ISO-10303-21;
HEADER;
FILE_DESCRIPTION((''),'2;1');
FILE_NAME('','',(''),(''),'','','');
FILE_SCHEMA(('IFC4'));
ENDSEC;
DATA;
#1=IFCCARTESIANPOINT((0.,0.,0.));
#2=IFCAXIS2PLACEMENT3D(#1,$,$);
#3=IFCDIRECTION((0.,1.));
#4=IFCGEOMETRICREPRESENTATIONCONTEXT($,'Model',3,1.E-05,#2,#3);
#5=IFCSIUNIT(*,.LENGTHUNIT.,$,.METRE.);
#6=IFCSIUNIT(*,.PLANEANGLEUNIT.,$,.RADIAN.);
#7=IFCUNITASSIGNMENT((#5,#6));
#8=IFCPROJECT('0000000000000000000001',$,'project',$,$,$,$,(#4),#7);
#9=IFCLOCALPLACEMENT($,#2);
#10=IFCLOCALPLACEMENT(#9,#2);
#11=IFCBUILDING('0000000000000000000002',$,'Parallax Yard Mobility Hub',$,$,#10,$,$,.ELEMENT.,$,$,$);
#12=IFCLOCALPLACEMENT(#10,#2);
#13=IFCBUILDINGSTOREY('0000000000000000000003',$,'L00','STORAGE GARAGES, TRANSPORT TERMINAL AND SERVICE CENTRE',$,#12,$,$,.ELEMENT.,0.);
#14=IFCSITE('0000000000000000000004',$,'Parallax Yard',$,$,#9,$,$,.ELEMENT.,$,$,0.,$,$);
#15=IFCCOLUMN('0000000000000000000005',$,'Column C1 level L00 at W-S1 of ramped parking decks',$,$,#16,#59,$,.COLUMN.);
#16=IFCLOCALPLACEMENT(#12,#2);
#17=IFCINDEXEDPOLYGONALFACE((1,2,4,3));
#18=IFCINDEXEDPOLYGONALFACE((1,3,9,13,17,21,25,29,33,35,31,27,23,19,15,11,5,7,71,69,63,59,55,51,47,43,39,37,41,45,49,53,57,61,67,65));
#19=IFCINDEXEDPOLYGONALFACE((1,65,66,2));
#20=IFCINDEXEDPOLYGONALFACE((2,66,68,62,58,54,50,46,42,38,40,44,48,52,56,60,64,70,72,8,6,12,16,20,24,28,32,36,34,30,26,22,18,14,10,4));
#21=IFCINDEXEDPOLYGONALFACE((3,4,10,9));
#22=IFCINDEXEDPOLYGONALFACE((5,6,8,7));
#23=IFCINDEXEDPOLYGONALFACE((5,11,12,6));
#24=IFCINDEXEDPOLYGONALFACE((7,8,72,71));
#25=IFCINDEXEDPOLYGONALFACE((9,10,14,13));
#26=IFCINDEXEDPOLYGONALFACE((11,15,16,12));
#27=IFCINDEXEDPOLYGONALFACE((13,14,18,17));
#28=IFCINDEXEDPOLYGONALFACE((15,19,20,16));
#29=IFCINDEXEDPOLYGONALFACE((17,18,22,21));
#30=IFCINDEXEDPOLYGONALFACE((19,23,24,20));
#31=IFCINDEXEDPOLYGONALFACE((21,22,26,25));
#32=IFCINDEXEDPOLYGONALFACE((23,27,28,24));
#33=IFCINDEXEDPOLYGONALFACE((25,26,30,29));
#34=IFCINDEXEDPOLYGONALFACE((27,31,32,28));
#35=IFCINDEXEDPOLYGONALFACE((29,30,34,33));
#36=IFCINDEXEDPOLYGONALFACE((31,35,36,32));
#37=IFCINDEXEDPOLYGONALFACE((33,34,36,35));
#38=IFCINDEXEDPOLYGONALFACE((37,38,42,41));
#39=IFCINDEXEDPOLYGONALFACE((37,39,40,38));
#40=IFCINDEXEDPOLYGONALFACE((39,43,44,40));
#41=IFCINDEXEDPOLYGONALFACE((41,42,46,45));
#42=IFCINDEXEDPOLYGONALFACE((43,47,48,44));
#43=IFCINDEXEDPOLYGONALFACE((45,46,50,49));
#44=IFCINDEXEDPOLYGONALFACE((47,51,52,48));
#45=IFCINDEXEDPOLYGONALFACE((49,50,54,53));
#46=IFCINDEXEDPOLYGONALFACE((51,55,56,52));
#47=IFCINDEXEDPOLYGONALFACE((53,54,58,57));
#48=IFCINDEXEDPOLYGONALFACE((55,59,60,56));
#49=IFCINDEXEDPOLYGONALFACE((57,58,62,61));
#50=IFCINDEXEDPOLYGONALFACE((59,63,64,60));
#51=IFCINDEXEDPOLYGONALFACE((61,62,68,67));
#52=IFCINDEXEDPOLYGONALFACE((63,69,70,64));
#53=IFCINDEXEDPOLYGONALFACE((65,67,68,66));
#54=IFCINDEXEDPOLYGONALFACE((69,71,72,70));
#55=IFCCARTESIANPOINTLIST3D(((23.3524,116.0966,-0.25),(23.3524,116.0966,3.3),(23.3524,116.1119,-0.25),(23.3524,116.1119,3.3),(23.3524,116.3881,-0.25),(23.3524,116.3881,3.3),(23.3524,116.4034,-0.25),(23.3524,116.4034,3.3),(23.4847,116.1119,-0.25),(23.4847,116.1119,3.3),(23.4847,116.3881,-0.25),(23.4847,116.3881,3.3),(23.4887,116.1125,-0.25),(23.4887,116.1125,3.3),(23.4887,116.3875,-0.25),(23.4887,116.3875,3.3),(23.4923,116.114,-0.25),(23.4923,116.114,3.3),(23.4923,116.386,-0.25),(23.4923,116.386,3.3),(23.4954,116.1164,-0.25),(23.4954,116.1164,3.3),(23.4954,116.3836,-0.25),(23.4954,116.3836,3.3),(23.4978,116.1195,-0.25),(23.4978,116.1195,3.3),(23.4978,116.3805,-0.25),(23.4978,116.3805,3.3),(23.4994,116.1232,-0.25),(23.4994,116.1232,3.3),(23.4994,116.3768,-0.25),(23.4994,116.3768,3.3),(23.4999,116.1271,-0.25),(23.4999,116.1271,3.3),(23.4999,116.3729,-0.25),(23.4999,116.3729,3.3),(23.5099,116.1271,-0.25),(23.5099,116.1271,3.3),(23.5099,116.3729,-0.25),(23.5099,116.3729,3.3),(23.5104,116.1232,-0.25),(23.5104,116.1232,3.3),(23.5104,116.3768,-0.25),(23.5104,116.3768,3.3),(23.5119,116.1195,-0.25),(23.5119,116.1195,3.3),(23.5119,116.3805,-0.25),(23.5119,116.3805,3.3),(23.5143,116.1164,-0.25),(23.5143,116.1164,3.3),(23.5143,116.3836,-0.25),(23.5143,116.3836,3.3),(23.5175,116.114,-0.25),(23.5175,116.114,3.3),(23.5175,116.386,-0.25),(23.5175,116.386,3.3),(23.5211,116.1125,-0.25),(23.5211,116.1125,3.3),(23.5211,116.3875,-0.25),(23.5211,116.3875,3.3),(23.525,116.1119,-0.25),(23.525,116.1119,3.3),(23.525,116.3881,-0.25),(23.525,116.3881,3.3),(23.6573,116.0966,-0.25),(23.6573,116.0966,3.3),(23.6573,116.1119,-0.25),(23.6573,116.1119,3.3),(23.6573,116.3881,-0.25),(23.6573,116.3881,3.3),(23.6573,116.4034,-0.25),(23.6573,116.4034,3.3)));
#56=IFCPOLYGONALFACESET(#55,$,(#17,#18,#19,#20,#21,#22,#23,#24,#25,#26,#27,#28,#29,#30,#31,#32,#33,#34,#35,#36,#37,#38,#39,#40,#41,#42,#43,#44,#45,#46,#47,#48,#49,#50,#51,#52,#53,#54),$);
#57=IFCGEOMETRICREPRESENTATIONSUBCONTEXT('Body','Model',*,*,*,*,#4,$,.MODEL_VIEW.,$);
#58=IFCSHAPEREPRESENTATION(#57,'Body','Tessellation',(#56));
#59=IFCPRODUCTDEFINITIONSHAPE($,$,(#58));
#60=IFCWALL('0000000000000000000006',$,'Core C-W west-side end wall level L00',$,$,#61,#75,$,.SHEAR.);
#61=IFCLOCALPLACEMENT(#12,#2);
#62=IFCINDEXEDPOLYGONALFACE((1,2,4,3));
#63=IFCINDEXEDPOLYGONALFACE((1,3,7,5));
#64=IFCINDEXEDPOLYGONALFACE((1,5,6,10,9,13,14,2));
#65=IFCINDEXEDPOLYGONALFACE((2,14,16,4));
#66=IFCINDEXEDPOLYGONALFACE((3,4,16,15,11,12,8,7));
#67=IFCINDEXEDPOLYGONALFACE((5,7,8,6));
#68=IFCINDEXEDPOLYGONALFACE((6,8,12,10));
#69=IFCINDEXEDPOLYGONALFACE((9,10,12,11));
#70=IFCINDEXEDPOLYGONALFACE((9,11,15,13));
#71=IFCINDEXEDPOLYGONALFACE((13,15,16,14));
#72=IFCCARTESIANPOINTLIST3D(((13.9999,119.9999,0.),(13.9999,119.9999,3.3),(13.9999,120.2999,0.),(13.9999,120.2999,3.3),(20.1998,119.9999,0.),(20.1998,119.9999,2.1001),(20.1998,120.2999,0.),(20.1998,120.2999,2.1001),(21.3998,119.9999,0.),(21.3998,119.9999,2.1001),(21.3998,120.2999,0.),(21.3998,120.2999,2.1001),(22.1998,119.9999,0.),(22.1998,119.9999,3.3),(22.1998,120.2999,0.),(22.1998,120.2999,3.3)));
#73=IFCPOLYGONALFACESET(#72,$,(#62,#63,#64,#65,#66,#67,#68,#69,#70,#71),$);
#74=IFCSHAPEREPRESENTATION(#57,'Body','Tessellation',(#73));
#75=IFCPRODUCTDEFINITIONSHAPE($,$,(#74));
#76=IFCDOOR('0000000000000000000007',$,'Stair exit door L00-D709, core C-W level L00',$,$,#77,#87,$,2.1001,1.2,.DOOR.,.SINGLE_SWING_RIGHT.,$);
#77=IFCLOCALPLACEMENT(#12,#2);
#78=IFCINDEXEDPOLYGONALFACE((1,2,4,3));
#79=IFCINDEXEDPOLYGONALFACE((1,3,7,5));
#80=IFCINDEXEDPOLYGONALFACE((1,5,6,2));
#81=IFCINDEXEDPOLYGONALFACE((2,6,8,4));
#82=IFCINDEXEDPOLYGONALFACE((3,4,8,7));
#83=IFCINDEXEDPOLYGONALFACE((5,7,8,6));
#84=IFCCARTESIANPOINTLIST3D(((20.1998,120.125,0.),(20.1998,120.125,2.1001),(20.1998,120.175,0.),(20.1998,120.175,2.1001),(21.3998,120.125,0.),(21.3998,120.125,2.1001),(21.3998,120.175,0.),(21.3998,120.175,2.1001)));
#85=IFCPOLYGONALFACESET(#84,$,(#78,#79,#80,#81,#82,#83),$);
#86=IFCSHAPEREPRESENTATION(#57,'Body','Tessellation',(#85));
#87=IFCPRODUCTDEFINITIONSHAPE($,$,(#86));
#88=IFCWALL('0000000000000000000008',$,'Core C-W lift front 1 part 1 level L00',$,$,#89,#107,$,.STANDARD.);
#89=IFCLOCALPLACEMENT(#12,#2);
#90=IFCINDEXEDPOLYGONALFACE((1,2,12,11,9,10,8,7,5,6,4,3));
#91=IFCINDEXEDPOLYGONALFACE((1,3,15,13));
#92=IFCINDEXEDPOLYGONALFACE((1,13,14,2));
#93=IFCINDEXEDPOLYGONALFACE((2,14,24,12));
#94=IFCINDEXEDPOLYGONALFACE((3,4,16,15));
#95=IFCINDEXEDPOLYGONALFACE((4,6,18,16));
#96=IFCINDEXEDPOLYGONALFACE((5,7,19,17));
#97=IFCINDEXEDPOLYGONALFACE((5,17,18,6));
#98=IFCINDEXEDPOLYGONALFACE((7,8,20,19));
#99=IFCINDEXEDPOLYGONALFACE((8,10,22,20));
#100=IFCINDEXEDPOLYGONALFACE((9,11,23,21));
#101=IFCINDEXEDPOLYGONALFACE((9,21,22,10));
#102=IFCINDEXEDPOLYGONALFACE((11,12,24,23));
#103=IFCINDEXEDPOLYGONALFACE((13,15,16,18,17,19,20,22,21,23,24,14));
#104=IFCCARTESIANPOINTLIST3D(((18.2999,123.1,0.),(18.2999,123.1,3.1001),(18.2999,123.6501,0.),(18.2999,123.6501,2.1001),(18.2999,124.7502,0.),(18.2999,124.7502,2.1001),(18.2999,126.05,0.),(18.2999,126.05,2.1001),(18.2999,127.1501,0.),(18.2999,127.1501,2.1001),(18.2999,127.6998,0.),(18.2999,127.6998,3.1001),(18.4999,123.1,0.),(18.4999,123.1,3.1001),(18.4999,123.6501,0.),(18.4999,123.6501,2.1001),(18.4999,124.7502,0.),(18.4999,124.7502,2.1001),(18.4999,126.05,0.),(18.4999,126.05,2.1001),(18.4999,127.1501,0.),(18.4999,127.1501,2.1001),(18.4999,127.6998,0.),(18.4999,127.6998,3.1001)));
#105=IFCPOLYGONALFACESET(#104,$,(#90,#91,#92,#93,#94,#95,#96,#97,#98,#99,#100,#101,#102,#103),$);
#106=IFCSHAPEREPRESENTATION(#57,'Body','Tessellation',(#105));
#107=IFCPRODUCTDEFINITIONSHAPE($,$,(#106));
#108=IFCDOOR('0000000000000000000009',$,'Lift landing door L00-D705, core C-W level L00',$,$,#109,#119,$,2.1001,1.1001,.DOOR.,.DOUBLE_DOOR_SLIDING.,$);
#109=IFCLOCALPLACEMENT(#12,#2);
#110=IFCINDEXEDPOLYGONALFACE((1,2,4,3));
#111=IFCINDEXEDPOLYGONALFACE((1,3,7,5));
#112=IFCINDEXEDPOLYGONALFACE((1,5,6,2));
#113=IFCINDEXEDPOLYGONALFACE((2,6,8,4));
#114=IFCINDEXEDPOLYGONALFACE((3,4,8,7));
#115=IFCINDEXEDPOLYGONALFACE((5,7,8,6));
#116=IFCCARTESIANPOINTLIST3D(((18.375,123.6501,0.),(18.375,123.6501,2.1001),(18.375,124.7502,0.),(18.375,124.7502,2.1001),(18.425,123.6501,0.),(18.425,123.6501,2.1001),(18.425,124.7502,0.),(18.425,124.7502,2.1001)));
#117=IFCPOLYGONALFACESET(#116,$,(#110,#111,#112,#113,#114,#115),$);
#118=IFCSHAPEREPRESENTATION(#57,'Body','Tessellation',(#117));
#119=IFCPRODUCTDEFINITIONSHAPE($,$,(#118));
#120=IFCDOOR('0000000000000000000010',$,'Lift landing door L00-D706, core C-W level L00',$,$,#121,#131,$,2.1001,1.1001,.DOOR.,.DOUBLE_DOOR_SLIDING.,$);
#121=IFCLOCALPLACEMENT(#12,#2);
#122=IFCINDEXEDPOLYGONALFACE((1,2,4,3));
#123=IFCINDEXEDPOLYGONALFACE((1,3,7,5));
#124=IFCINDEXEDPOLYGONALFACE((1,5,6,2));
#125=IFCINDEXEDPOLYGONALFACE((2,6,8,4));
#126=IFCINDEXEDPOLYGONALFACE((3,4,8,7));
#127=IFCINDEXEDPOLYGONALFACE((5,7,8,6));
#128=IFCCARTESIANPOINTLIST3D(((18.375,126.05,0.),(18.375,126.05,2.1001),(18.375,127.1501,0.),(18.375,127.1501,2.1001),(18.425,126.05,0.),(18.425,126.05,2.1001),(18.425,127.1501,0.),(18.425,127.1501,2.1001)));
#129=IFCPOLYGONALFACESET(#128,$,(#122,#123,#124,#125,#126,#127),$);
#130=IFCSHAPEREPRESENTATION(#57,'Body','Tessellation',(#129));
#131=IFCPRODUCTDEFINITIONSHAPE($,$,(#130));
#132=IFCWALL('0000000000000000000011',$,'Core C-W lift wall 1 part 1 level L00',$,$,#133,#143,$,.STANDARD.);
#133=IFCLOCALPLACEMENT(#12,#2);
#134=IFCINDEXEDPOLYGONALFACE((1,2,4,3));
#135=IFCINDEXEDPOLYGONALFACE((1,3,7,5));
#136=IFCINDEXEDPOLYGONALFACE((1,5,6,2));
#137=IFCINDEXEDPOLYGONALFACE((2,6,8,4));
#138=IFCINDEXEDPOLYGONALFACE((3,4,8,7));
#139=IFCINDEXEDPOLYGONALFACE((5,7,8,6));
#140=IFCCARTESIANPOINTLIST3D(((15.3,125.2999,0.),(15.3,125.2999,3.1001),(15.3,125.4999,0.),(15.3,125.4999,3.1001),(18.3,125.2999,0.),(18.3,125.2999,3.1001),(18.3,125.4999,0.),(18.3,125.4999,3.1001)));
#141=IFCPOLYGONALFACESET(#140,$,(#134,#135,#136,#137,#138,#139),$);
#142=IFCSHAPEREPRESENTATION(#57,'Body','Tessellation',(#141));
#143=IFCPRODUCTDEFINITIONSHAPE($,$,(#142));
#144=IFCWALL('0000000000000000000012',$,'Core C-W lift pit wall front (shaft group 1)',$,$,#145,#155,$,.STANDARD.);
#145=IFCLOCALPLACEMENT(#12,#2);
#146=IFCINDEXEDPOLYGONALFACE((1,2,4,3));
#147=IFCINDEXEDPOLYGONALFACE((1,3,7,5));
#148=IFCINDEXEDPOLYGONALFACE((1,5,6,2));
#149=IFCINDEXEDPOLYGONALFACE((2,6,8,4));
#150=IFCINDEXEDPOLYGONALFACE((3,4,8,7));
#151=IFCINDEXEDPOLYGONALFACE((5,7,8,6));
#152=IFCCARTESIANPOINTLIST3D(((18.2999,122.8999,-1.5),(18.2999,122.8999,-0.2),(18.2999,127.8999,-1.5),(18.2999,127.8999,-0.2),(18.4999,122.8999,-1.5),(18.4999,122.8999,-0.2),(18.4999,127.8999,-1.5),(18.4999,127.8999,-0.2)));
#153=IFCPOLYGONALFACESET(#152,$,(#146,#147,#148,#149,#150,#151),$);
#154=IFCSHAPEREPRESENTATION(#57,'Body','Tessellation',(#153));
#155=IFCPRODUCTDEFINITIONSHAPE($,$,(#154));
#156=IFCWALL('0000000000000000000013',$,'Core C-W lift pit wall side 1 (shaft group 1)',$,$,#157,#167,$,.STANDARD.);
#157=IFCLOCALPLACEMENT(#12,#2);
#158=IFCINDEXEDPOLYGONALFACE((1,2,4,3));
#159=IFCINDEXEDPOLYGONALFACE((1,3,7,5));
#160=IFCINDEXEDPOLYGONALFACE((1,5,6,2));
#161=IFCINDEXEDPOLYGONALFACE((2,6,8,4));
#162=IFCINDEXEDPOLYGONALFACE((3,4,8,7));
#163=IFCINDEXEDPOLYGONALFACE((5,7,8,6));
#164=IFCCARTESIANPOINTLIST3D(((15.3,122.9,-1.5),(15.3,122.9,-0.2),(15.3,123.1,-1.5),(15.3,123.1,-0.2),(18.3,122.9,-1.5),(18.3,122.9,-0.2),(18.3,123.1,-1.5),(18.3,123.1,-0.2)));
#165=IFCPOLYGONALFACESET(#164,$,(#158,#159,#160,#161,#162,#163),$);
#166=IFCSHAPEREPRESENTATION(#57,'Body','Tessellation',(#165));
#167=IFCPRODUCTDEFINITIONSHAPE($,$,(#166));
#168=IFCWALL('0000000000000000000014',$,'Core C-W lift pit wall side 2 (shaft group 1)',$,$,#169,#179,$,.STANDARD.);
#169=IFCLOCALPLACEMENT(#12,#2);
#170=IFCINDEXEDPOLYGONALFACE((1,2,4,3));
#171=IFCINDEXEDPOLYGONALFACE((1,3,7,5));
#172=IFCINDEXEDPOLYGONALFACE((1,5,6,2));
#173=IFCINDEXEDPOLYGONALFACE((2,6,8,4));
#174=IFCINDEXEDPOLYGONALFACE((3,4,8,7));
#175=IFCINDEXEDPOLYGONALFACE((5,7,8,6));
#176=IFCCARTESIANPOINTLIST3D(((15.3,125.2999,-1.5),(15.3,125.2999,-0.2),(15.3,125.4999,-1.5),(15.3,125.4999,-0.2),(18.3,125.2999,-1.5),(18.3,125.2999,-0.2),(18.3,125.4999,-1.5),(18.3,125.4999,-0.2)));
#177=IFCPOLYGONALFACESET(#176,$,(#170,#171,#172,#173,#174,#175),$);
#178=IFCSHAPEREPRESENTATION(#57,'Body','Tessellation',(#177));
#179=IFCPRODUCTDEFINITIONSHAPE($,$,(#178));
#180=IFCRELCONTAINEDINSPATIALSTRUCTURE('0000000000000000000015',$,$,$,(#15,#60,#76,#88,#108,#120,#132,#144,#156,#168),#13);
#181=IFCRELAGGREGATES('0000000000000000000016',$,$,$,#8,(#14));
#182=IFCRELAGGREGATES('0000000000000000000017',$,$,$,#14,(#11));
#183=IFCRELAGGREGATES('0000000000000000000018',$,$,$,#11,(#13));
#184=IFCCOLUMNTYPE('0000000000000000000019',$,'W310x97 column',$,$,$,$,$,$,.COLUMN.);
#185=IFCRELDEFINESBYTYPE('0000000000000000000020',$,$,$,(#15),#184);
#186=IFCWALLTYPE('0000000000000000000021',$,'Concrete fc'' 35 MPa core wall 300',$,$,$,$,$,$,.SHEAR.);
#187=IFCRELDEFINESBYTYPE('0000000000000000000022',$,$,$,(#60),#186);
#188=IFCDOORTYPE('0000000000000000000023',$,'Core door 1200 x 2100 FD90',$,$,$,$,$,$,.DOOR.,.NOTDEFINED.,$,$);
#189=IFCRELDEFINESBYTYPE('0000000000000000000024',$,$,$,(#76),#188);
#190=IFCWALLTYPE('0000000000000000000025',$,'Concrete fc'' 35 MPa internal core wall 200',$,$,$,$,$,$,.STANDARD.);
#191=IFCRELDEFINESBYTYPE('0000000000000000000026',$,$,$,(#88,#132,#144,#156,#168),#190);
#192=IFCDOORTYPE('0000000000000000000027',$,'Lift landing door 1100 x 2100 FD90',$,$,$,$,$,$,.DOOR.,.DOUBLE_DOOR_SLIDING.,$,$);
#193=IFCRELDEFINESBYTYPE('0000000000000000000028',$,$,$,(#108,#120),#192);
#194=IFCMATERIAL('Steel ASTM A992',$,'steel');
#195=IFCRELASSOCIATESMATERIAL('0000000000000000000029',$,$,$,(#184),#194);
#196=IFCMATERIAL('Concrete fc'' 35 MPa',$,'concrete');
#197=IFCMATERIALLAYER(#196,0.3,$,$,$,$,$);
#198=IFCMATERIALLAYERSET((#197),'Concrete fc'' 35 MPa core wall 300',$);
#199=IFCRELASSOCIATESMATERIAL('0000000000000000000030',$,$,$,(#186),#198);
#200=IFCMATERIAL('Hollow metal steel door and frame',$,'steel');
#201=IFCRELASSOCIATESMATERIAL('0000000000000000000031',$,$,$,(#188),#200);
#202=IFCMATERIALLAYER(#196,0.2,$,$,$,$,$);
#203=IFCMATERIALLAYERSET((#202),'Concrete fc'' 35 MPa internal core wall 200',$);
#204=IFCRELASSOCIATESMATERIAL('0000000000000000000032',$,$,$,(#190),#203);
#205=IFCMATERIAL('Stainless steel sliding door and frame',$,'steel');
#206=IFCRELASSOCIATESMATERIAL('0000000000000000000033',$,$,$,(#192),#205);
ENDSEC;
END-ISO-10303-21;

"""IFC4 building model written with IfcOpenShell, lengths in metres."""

from ifc_helpers import new_model, si_unit, direction, frame, frame_2d, origin, origin_2d, place, context, subcontext, project, spatial, rectangle, i_section, extrude, material, layer, layer_set, material_profile, profile_set, type_object, element, fill, save


model = new_model("IFC4")

# Units and contexts
model_context = context("Model", 3, precision=1e-05, world=origin(), true_north=direction((0.0, 1.0)))
body_context = subcontext(model_context, "Body", "Model", "MODEL_VIEW")
ifc_project = project(units=[si_unit("LENGTHUNIT", "METRE"), si_unit("PLANEANGLEUNIT", "RADIAN")], contexts=[model_context])

# Site, building, storey
site_placement = place(None, origin())
site = spatial("IfcSite", under=ifc_project, at=site_placement, Name="Parallax Yard", CompositionType="ELEMENT", RefElevation=0.0)
building_placement = place(site_placement, origin())
building = spatial("IfcBuilding", under=site, at=building_placement, Name="Parallax Yard Mobility Hub", CompositionType="ELEMENT")
storey_placement = place(building_placement, origin())
storey = spatial("IfcBuildingStorey", under=building, at=storey_placement, Name="L00", Description="STORAGE GARAGES, TRANSPORT TERMINAL AND SERVICE CENTRE", CompositionType="ELEMENT", Elevation=0.0)

# Column
ifc_material_1 = material(Name="Steel ASTM A992", Category="steel")
ifc_material_profile_1 = material_profile(ifc_material_1, i_section(OverallWidth=0.3049, OverallDepth=0.3069, WebThickness=0.01, FlangeThickness=0.0154, FilletRadius=0.0151, at=origin_2d()), Name="W310x97")
ifc_profile_set_1 = profile_set([ifc_material_profile_1], Name="Steel ASTM A992")
column_type = type_object("IfcColumnType", Name="W310x97 column", PredefinedType="COLUMN", material=ifc_profile_set_1)
column_placement = place(storey_placement, frame((23.5049, 116.25, -0.25), z_axis=(0.0, 0.0, 1.0), x_axis=(1.0, 0.0, 0.0)))
element("IfcColumn", 1, at=column_placement, inside=storey, type_object=column_type, Name="Column C1 level L00 at W-S1 of ramped parking decks", PredefinedType="COLUMN", context=body_context, shape_type="SweptSolid", body=[
    extrude(i_section(OverallWidth=0.3049, OverallDepth=0.3069, WebThickness=0.01, FlangeThickness=0.0154, FilletRadius=0.0151, at=origin_2d()), origin(), (0.0, 0.0, 1.0), 3.55),
])

# Wall, opening, door
ifc_material_2 = material(Name="Concrete fc' 35 MPa", Category="concrete")
ifc_layer_1 = layer(ifc_material_2, 0.3)
ifc_layer_set_1 = layer_set([ifc_layer_1], Name="Concrete fc' 35 MPa core wall 300")
wall_type_1 = type_object("IfcWallType", Name="Concrete fc' 35 MPa core wall 300", PredefinedType="SHEAR", material=ifc_layer_set_1)
wall_1_placement = place(storey_placement, frame((22.2, 120.1499, 0.0), z_axis=(0.0, 0.0, 1.0), x_axis=(-1.0, 0.0, 0.0)))
wall_1 = element("IfcWall", 2, at=wall_1_placement, inside=storey, type_object=wall_type_1, Name="Core C-W west-side end wall level L00", PredefinedType="SHEAR", context=body_context, shape_type="SweptSolid", body=[
    extrude(rectangle(XDim=8.2, YDim=0.3, at=frame_2d((4.1001, 0.0))), origin(), (0.0, 0.0, 1.0), 3.3),
])
opening_1_placement = place(wall_1_placement, frame((0.8, 0.0, 0.0)))
opening_1 = element("IfcOpeningElement", 3, at=opening_1_placement, cuts=wall_1, PredefinedType="OPENING", context=body_context, shape_type="SweptSolid", body=[
    extrude(rectangle(XDim=1.2, YDim=2.1001, at=frame_2d((0.6001, 1.05))), frame((0.0, 0.1602, 0.0), z_axis=(0.0, -1.0, 0.0), x_axis=(1.0, 0.0, 0.0)), (0.0, 0.0, 1.0), 0.3201),
])
ifc_material_3 = material(Name="Hollow metal steel door and frame", Category="steel")
door_type_1 = type_object("IfcDoorType", Name="Core door 1200 x 2100 FD90", OperationType="NOTDEFINED", PredefinedType="DOOR", material=ifc_material_3)
door_1_placement = place(opening_1_placement, origin())
door_1 = element("IfcDoor", 4, at=door_1_placement, inside=storey, type_object=door_type_1, Name="Stair exit door L00-D709, core C-W level L00", OperationType="SINGLE_SWING_RIGHT", OverallHeight=2.1001, OverallWidth=1.2, PredefinedType="DOOR", context=body_context, shape_type="SweptSolid", body=[
    extrude(rectangle(XDim=1.2, YDim=2.1001, at=frame_2d((0.6001, 1.05))), frame((0.0, 0.0249, 0.0), z_axis=(0.0, -1.0, 0.0), x_axis=(1.0, 0.0, 0.0)), (0.0, 0.0, 1.0), 0.05),
])
fill(opening_1, door_1)

# Wall, openings, doors
ifc_layer_2 = layer(ifc_material_2, 0.2)
ifc_layer_set_2 = layer_set([ifc_layer_2], Name="Concrete fc' 35 MPa internal core wall 200")
wall_type_2 = type_object("IfcWallType", Name="Concrete fc' 35 MPa internal core wall 200", PredefinedType="STANDARD", material=ifc_layer_set_2)
wall_2_placement = place(storey_placement, frame((18.3999, 123.1001, 0.0), z_axis=(0.0, 0.0, 1.0), x_axis=(0.0, 1.0, 0.0)))
wall_2 = element("IfcWall", 5, at=wall_2_placement, inside=storey, type_object=wall_type_2, Name="Core C-W lift front 1 part 1 level L00", PredefinedType="STANDARD", context=body_context, shape_type="SweptSolid", body=[
    extrude(rectangle(XDim=4.5999, YDim=0.2, at=frame_2d((2.2998, 0.0))), origin(), (0.0, 0.0, 1.0), 3.1001),
])
opening_2_placement = place(wall_2_placement, frame((0.55, 0.0, 0.0)))
opening_2 = element("IfcOpeningElement", 6, at=opening_2_placement, cuts=wall_2, PredefinedType="OPENING", context=body_context, shape_type="SweptSolid", body=[
    extrude(rectangle(XDim=1.1001, YDim=2.1001, at=frame_2d((0.55, 1.05))), frame((0.0, 0.1099, 0.0), z_axis=(0.0, -1.0, 0.0), x_axis=(1.0, 0.0, 0.0)), (0.0, 0.0, 1.0), 0.22),
])
opening_3_placement = place(wall_2_placement, frame((2.95, 0.0, 0.0)))
opening_3 = element("IfcOpeningElement", 7, at=opening_3_placement, cuts=wall_2, PredefinedType="OPENING", context=body_context, shape_type="SweptSolid", body=[
    extrude(rectangle(XDim=1.1001, YDim=2.1001, at=frame_2d((0.55, 1.05))), frame((0.0, 0.1099, 0.0), z_axis=(0.0, -1.0, 0.0), x_axis=(1.0, 0.0, 0.0)), (0.0, 0.0, 1.0), 0.22),
])
ifc_material_4 = material(Name="Stainless steel sliding door and frame", Category="steel")
door_type_2 = type_object("IfcDoorType", Name="Lift landing door 1100 x 2100 FD90", OperationType="DOUBLE_DOOR_SLIDING", PredefinedType="DOOR", material=ifc_material_4)
door_2_placement = place(opening_2_placement, origin())
door_2 = element("IfcDoor", 8, at=door_2_placement, inside=storey, type_object=door_type_2, Name="Lift landing door L00-D705, core C-W level L00", OperationType="DOUBLE_DOOR_SLIDING", OverallHeight=2.1001, OverallWidth=1.1001, PredefinedType="DOOR", context=body_context, shape_type="SweptSolid", body=[
    extrude(rectangle(XDim=1.1001, YDim=2.1001, at=frame_2d((0.55, 1.05))), frame((0.0, 0.0249, 0.0), z_axis=(0.0, -1.0, 0.0), x_axis=(1.0, 0.0, 0.0)), (0.0, 0.0, 1.0), 0.05),
])
fill(opening_2, door_2)
door_3_placement = place(opening_3_placement, origin())
door_3 = element("IfcDoor", 9, at=door_3_placement, inside=storey, type_object=door_type_2, Name="Lift landing door L00-D706, core C-W level L00", OperationType="DOUBLE_DOOR_SLIDING", OverallHeight=2.1001, OverallWidth=1.1001, PredefinedType="DOOR", context=body_context, shape_type="SweptSolid", body=[
    extrude(rectangle(XDim=1.1001, YDim=2.1001, at=frame_2d((0.55, 1.05))), frame((0.0, 0.0249, 0.0), z_axis=(0.0, -1.0, 0.0), x_axis=(1.0, 0.0, 0.0)), (0.0, 0.0, 1.0), 0.05),
])
fill(opening_3, door_3)

# Walls
wall_3_placement = place(storey_placement, frame((18.3, 125.3999, 0.0), z_axis=(0.0, 0.0, 1.0), x_axis=(-1.0, 0.0, 0.0)))
element("IfcWall", 10, at=wall_3_placement, inside=storey, type_object=wall_type_2, Name="Core C-W lift wall 1 part 1 level L00", PredefinedType="STANDARD", context=body_context, shape_type="SweptSolid", body=[
    extrude(rectangle(XDim=3.0, YDim=0.2, at=frame_2d((1.5, 0.0))), origin(), (0.0, 0.0, 1.0), 3.1001),
])
wall_4_placement = place(storey_placement, frame((18.3999, 122.8999, -1.5), z_axis=(0.0, 0.0, 1.0), x_axis=(0.0, 1.0, 0.0)))
element("IfcWall", 11, at=wall_4_placement, inside=storey, type_object=wall_type_2, Name="Core C-W lift pit wall front (shaft group 1)", PredefinedType="STANDARD", context=body_context, shape_type="SweptSolid", body=[
    extrude(rectangle(XDim=5.0, YDim=0.2, at=frame_2d((2.5, 0.0))), origin(), (0.0, 0.0, 1.0), 1.3),
])
for number, where, z_axis, x_axis, name in (
    (12, (18.3, 123.0, -1.5), (0.0, 0.0, 1.0), (-1.0, 0.0, 0.0), "Core C-W lift pit wall side 1 (shaft group 1)"),
    (13, (18.3, 125.3999, -1.5), (0.0, 0.0, 1.0), (-1.0, 0.0, 0.0), "Core C-W lift pit wall side 2 (shaft group 1)"),
):
    element("IfcWall", number, at=place(storey_placement, frame(where, z_axis=z_axis, x_axis=x_axis)), inside=storey, type_object=wall_type_2, Name=name, PredefinedType="STANDARD", context=body_context, shape_type="SweptSolid", body=[
        extrude(rectangle(XDim=3.0, YDim=0.2, at=frame_2d((1.5, 0.0))), origin(), (0.0, 0.0, 1.0), 1.3),
    ])

save(model, "model.ifc")
